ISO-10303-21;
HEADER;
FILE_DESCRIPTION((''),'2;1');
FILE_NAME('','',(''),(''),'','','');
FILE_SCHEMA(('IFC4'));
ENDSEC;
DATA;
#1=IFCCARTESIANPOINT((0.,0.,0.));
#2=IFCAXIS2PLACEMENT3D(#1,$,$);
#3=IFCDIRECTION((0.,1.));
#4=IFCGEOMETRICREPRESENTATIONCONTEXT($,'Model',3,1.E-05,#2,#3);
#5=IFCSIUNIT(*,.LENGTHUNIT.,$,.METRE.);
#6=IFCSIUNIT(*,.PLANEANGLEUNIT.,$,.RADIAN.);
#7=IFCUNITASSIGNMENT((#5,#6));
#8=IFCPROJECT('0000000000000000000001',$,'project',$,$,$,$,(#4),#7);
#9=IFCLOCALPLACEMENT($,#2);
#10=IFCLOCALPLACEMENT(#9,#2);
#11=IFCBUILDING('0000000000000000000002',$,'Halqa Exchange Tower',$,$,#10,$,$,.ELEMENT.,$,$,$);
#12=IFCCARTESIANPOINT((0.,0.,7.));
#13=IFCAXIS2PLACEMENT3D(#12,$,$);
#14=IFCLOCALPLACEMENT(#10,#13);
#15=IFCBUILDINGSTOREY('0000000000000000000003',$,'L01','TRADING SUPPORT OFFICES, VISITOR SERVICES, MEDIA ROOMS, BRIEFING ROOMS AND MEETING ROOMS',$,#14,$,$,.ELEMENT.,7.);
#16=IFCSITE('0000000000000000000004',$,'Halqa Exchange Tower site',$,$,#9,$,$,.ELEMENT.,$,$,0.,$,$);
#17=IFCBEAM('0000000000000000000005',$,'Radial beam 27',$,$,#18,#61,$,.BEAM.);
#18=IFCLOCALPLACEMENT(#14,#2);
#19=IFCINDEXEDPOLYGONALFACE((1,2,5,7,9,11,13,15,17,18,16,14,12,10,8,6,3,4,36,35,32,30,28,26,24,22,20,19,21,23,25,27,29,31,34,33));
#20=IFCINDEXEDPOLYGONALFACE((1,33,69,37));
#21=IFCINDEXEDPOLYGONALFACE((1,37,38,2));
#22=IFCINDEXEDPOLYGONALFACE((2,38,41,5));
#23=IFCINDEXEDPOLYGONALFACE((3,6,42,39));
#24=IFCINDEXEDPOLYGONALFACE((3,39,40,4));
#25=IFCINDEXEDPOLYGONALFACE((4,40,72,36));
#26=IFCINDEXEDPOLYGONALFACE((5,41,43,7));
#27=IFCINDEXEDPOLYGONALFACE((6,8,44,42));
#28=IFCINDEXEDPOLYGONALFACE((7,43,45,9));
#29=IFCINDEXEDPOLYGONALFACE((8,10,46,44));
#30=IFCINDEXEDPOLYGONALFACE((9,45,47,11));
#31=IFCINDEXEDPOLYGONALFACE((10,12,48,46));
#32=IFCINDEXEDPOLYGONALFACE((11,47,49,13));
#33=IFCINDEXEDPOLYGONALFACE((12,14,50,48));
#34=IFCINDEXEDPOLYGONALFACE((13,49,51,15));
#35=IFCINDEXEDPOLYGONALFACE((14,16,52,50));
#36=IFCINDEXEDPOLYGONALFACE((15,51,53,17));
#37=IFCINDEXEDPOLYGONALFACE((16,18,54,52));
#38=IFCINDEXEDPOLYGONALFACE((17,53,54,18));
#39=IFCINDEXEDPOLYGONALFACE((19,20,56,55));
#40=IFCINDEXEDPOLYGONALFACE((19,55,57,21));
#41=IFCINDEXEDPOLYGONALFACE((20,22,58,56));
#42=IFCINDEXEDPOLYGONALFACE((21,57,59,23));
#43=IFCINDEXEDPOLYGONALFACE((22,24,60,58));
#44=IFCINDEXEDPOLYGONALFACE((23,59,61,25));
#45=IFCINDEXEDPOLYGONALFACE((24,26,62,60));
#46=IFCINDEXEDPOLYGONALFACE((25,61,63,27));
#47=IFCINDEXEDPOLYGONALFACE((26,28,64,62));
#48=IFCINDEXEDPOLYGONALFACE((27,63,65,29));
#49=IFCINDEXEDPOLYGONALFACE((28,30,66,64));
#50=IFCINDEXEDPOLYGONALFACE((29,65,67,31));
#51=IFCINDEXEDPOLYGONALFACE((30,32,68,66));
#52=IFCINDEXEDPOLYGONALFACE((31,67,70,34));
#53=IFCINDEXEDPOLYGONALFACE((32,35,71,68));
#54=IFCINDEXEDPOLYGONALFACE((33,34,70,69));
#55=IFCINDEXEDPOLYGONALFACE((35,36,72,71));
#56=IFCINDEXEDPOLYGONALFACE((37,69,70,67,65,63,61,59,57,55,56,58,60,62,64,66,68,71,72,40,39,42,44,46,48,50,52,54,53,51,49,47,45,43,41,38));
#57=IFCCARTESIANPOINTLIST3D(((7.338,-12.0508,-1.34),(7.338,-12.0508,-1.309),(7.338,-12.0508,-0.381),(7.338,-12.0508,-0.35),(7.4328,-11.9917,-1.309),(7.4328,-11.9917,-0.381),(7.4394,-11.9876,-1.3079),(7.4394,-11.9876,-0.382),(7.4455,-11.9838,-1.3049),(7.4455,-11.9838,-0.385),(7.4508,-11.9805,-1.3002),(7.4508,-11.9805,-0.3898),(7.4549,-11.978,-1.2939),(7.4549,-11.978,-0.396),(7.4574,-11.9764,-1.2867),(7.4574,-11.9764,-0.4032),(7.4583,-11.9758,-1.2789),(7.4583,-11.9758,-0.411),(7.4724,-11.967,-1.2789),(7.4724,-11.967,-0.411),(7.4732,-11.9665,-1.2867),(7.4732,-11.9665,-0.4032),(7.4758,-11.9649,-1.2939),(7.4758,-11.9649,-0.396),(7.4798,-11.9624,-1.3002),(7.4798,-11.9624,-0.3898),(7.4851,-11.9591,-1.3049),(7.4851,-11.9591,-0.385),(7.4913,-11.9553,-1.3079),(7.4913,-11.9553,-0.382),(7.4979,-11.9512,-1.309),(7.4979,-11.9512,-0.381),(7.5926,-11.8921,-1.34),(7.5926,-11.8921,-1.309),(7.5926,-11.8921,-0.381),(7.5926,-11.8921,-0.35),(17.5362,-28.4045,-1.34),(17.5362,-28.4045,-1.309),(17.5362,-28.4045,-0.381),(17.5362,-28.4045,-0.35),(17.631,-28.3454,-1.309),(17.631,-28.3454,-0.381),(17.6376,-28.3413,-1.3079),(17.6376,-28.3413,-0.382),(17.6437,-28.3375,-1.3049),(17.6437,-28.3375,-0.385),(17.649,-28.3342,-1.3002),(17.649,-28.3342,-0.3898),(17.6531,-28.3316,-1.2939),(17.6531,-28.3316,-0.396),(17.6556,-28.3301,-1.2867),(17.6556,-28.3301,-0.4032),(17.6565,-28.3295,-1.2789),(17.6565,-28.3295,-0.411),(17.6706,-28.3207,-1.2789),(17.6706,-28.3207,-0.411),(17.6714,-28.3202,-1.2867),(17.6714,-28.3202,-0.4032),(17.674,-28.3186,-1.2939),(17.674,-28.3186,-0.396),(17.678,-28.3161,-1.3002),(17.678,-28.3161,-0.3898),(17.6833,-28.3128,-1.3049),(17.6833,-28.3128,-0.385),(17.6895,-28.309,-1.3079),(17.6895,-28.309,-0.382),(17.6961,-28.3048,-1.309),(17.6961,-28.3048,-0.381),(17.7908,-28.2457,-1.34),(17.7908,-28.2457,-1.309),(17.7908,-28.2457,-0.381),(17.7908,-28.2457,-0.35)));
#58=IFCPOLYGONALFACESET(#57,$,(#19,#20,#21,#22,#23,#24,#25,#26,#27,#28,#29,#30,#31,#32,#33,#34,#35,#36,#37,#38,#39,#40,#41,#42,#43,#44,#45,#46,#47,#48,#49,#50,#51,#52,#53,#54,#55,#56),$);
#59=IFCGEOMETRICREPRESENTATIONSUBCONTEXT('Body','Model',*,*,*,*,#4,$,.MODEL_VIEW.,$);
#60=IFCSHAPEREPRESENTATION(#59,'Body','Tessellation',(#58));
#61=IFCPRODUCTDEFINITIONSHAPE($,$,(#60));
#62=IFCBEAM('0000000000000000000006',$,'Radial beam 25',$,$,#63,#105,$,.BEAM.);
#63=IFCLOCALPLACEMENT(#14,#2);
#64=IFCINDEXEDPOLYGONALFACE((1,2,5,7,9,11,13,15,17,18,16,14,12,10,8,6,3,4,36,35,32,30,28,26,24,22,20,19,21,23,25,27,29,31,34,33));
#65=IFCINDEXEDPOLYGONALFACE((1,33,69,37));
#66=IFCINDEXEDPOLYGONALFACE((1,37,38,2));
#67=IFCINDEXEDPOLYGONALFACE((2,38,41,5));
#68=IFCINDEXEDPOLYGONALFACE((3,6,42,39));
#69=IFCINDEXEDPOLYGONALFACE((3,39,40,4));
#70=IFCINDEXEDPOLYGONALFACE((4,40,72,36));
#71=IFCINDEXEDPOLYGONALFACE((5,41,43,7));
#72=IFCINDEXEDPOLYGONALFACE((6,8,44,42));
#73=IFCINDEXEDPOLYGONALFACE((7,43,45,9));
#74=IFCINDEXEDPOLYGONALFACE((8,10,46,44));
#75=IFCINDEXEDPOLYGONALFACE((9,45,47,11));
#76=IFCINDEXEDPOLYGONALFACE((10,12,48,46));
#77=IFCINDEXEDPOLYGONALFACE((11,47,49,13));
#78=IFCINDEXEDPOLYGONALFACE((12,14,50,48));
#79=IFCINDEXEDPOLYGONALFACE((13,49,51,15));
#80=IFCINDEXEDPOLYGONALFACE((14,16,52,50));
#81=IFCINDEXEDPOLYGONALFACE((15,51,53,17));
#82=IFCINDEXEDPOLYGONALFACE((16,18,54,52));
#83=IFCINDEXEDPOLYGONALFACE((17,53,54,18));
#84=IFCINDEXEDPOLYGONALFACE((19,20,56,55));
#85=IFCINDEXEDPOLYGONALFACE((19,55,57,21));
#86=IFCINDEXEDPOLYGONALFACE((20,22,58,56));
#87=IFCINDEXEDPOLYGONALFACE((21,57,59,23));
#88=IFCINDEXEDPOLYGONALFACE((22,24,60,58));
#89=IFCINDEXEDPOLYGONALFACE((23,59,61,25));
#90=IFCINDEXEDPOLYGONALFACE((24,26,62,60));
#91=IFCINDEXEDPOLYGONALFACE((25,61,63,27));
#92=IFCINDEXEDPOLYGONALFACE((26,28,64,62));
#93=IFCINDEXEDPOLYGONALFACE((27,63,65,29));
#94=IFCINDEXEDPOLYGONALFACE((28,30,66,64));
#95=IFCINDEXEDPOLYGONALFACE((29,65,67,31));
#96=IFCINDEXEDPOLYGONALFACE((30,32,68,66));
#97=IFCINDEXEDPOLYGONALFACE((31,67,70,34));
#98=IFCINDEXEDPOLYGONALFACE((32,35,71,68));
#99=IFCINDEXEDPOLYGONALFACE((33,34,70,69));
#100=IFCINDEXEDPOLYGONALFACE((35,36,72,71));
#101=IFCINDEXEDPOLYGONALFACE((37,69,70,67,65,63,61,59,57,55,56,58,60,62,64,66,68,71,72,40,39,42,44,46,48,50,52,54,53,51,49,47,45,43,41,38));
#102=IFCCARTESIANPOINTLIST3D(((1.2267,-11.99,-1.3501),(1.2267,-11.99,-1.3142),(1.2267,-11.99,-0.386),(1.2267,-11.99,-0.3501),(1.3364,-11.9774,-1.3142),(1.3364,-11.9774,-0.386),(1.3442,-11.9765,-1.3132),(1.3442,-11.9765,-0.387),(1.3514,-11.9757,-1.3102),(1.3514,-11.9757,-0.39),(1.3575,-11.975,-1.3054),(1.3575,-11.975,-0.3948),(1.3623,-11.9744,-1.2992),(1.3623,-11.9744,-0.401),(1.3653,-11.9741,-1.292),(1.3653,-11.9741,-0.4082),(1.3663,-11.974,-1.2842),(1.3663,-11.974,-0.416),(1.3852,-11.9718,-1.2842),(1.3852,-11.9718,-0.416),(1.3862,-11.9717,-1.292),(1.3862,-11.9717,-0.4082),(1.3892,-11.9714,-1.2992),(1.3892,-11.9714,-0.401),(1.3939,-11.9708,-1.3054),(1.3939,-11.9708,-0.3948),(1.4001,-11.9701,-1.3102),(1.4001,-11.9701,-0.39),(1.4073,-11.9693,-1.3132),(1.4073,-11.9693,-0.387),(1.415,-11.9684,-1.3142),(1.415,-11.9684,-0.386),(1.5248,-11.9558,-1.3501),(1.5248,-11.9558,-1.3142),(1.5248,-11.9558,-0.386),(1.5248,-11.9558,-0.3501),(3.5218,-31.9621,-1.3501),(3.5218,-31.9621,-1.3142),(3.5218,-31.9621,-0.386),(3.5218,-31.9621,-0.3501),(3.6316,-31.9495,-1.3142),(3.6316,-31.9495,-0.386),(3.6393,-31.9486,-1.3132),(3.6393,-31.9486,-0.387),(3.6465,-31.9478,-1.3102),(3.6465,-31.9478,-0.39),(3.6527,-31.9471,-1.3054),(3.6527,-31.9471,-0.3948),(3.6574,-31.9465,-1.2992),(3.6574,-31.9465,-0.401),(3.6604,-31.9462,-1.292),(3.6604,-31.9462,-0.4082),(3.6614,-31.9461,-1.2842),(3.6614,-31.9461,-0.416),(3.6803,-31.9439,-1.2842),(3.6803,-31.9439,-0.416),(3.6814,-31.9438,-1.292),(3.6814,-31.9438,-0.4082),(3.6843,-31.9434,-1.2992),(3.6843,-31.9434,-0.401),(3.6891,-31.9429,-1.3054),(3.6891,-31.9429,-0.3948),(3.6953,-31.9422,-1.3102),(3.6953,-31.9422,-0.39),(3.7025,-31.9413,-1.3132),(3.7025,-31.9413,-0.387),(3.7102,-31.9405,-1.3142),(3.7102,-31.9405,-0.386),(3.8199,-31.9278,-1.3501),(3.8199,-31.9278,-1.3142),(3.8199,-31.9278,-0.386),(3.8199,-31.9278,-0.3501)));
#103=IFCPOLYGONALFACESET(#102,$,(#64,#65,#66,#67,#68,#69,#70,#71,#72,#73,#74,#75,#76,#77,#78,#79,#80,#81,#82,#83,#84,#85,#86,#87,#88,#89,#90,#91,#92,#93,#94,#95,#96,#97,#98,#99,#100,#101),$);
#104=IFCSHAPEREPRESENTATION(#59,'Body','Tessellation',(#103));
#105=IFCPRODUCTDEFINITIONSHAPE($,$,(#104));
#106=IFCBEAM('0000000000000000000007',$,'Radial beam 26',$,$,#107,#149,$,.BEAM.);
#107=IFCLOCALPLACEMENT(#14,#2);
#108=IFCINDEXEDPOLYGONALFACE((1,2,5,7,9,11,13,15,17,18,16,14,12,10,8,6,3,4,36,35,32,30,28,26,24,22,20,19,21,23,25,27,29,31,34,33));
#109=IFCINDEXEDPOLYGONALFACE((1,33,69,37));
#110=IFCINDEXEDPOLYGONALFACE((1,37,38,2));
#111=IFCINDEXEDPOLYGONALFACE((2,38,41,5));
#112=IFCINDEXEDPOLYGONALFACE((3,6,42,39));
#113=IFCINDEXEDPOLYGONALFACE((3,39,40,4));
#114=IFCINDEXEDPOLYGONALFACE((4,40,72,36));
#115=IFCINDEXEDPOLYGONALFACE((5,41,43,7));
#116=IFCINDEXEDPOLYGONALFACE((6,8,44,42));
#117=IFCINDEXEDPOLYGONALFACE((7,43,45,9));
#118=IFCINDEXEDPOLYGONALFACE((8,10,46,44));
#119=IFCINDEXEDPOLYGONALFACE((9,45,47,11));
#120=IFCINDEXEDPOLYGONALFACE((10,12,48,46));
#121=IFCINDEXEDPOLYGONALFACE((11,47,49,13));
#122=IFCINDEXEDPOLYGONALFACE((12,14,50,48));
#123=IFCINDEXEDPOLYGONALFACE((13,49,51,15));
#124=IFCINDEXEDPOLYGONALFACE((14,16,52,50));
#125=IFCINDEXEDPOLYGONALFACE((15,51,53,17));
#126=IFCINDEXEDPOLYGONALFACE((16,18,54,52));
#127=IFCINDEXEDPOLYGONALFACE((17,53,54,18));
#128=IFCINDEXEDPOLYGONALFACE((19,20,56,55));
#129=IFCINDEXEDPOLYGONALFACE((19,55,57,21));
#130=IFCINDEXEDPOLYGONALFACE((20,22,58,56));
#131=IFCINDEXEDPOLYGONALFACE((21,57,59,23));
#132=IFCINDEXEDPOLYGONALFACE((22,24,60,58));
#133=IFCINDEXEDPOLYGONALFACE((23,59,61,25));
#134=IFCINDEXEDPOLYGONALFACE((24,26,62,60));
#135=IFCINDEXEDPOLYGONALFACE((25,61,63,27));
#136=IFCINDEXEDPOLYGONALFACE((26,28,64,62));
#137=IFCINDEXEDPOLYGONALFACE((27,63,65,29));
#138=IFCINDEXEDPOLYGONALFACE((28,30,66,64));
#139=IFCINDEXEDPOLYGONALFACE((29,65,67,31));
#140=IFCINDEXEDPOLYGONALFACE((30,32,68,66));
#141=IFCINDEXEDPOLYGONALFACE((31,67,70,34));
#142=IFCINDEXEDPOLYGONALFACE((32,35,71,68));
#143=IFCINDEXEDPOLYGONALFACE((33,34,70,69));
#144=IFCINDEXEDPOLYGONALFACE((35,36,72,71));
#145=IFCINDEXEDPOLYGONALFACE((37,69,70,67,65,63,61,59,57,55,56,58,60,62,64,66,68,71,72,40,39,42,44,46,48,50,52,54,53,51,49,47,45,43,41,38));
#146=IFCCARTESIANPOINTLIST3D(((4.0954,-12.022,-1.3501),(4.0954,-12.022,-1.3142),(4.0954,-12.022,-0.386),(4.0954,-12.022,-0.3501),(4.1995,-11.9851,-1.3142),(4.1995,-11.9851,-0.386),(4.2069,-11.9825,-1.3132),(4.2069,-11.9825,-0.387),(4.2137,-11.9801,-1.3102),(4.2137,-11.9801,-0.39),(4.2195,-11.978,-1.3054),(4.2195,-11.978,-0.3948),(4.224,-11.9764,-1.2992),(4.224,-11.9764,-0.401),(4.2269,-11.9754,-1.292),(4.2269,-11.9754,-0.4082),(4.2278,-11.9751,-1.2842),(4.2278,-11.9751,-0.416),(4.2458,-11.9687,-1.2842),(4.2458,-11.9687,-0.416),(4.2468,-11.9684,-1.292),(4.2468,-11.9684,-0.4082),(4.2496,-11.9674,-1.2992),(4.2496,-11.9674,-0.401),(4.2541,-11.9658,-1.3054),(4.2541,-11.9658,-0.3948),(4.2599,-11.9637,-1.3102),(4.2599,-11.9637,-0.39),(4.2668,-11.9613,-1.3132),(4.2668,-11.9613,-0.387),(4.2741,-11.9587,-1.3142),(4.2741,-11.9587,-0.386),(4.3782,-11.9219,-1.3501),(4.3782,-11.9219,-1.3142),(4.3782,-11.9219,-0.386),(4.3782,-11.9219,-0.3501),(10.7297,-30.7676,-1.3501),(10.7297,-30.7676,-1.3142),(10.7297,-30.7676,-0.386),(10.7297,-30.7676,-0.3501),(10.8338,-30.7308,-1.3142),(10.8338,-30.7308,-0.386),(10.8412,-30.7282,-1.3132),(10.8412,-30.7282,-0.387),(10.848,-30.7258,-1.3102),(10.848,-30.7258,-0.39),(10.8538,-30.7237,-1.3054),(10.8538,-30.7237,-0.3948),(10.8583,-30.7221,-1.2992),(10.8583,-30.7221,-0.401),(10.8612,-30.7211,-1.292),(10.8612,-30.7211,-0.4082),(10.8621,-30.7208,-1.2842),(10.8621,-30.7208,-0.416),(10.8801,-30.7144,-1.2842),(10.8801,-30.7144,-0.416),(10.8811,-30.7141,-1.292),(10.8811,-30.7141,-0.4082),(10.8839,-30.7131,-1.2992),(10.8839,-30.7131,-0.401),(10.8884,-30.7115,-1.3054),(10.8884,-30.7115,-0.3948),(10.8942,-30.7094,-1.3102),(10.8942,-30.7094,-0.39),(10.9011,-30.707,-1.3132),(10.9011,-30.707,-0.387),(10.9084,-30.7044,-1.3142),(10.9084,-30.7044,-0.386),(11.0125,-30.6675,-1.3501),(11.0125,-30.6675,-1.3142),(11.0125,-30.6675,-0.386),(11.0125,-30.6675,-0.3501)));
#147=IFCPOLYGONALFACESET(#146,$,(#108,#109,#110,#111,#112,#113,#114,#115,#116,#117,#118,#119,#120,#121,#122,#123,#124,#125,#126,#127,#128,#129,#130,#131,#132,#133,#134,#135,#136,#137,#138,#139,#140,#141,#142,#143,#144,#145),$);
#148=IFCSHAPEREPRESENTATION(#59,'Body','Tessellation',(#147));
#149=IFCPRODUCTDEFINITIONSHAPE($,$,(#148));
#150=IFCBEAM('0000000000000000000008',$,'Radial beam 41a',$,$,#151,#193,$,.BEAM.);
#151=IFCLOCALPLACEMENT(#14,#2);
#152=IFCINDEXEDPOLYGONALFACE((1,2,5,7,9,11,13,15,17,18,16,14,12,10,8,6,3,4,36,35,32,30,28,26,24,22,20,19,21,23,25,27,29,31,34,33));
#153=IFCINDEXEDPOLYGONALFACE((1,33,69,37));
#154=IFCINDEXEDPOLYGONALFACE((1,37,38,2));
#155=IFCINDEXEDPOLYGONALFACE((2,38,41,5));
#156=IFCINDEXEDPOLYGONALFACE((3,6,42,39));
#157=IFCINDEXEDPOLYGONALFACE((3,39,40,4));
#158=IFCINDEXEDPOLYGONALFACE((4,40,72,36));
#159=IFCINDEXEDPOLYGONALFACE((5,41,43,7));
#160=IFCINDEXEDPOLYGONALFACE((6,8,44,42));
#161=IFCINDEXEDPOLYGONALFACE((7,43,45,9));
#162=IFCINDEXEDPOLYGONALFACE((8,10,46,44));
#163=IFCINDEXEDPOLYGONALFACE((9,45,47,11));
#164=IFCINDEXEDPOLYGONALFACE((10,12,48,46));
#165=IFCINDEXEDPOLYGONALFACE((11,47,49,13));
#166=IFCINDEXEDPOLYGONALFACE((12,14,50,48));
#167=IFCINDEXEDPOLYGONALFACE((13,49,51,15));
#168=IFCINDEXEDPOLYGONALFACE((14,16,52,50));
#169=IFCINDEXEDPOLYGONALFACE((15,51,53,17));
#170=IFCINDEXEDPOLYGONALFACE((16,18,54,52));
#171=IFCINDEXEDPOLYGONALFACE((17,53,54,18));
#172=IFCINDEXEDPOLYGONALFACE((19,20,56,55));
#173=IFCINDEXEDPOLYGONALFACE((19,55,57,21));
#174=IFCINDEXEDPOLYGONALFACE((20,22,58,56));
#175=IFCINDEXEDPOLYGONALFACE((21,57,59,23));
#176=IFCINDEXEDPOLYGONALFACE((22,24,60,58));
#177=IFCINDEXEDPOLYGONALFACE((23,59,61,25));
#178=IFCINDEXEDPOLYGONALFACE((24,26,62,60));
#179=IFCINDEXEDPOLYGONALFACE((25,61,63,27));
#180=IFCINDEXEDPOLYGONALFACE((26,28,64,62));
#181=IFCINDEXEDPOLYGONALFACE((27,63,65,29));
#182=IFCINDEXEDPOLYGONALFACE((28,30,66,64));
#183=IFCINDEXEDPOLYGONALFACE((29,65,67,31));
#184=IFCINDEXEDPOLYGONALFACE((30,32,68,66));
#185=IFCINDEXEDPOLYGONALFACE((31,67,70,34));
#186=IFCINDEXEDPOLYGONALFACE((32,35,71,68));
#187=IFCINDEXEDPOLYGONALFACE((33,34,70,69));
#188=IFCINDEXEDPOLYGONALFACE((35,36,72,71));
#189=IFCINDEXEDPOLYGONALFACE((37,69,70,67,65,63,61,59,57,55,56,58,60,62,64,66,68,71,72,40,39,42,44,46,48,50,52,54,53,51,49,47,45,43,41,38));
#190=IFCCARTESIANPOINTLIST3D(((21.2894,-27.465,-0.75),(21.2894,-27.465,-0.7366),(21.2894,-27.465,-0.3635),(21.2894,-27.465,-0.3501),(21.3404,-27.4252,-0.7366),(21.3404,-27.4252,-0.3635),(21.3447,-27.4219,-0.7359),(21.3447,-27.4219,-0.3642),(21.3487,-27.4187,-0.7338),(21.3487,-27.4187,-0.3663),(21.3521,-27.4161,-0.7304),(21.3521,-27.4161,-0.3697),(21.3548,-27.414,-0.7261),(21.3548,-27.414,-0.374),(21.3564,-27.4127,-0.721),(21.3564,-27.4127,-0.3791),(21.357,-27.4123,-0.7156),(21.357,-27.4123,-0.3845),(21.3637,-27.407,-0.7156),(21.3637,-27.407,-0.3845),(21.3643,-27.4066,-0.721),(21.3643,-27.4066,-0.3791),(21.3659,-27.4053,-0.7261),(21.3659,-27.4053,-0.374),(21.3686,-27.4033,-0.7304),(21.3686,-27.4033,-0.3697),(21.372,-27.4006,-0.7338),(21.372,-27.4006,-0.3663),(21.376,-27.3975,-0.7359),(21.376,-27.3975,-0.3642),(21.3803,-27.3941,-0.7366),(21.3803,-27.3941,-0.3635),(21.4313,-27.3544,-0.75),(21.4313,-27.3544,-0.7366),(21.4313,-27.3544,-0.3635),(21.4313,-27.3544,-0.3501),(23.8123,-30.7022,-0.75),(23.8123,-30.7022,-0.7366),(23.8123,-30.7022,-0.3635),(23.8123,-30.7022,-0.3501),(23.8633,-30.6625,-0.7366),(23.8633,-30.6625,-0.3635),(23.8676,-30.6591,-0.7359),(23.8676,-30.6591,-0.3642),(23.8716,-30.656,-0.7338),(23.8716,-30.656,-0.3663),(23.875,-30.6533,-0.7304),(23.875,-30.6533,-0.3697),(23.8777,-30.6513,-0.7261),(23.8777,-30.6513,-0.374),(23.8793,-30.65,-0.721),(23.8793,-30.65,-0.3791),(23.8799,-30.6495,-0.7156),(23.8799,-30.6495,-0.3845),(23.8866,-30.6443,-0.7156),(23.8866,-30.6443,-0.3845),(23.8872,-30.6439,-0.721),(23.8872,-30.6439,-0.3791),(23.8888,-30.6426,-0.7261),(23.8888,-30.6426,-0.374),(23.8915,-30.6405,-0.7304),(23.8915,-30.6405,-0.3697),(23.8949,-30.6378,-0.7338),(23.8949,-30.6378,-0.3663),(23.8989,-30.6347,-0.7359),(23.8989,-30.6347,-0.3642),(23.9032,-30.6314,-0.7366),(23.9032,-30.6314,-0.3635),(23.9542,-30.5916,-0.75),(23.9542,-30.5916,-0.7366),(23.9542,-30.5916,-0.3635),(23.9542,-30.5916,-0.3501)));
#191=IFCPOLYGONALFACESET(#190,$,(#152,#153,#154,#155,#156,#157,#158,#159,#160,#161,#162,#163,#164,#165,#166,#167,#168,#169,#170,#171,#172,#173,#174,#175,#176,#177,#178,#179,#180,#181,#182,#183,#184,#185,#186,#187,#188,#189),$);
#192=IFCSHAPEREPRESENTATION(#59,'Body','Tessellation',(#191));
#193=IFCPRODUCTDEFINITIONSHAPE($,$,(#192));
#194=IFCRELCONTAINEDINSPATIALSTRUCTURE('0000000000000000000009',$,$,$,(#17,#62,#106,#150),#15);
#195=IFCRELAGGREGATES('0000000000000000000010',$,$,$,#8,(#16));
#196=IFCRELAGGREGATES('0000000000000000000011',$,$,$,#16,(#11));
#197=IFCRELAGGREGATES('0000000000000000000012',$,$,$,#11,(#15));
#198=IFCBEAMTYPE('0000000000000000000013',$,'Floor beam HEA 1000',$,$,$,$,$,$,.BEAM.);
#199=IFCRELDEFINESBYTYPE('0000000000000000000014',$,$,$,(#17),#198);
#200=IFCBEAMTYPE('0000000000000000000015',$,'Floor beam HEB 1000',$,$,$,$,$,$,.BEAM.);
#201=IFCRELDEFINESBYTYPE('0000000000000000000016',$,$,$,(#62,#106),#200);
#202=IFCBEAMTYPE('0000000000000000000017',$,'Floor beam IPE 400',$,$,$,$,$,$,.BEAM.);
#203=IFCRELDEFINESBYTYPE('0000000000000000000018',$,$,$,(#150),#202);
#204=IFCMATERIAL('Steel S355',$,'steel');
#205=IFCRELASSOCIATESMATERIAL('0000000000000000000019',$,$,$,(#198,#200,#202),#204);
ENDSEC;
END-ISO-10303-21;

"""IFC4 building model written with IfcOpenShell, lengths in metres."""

from ifc_helpers import new_model, si_unit, direction, frame, origin, origin_2d, place, context, subcontext, project, spatial, i_section, extrude, material, material_profile, profile_set, type_object, element, save


model = new_model("IFC4")

# Units and contexts
model_context = context("Model", 3, precision=1e-05, world=origin(), true_north=direction((0.0, 1.0)))
body_context = subcontext(model_context, "Body", "Model", "MODEL_VIEW")
ifc_project = project(units=[si_unit("LENGTHUNIT", "METRE"), si_unit("PLANEANGLEUNIT", "RADIAN")], contexts=[model_context])

# Site, building, storey
site_placement = place(None, origin())
site = spatial("IfcSite", under=ifc_project, at=site_placement, Name="Halqa Exchange Tower site", CompositionType="ELEMENT", RefElevation=0.0)
building_placement = place(site_placement, origin())
building = spatial("IfcBuilding", under=site, at=building_placement, Name="Halqa Exchange Tower", CompositionType="ELEMENT")
storey_placement = place(building_placement, frame((0.0, 0.0, 7.0)))
storey = spatial("IfcBuildingStorey", under=building, at=storey_placement, Name="L01", Description="TRADING SUPPORT OFFICES, VISITOR SERVICES, MEDIA ROOMS, BRIEFING ROOMS AND MEETING ROOMS", CompositionType="ELEMENT", Elevation=7.0)

# Beams
ifc_material_1 = material(Name="Steel S355", Category="steel")
ifc_material_profile_1 = material_profile(ifc_material_1, i_section(OverallWidth=0.3, OverallDepth=0.99, WebThickness=0.0166, FlangeThickness=0.031, FilletRadius=0.03, at=origin_2d()), Name="HEA 1000")
ifc_profile_set_1 = profile_set([ifc_material_profile_1], Name="Steel S355")
beam_type_1 = type_object("IfcBeamType", Name="Floor beam HEA 1000", PredefinedType="BEAM", material=ifc_profile_set_1)
beam_1_placement = place(storey_placement, frame((7.4653, -11.9714, -0.845), z_axis=(0.529146, -0.848531, 0.0), x_axis=(0.848531, 0.529146, 0.0)))
element("IfcBeam", 1, at=beam_1_placement, inside=storey, type_object=beam_type_1, Name="Radial beam 27", PredefinedType="BEAM", context=body_context, shape_type="SweptSolid", body=[
    extrude(i_section(OverallWidth=0.3, OverallDepth=0.99, WebThickness=0.0166, FlangeThickness=0.031, FilletRadius=0.03, at=origin_2d()), origin(), (0.0, 0.0, 1.0), 19.2729),
])
ifc_material_profile_2 = material_profile(ifc_material_1, i_section(OverallWidth=0.3, OverallDepth=1.0, WebThickness=0.019, FlangeThickness=0.0359, FilletRadius=0.03, at=origin_2d()), Name="HEB 1000")
ifc_profile_set_2 = profile_set([ifc_material_profile_2], Name="Steel S355")
beam_type_2 = type_object("IfcBeamType", Name="Floor beam HEB 1000", PredefinedType="BEAM", material=ifc_profile_set_2)
beam_2_placement = place(storey_placement, frame((1.3757, -11.9729, -0.8501), z_axis=(0.114167, -0.993462, 0.0), x_axis=(0.993462, 0.114167, 0.0)))
element("IfcBeam", 2, at=beam_2_placement, inside=storey, type_object=beam_type_2, Name="Radial beam 25", PredefinedType="BEAM", context=body_context, shape_type="SweptSolid", body=[
    extrude(i_section(OverallWidth=0.3, OverallDepth=1.0, WebThickness=0.019, FlangeThickness=0.0359, FilletRadius=0.03, at=origin_2d()), origin(), (0.0, 0.0, 1.0), 20.1035),
])
beam_3_placement = place(storey_placement, frame((4.2368, -11.9719, -0.8501), z_axis=(0.333633, -0.942703, 0.0), x_axis=(0.942703, 0.333633, 0.0)))
element("IfcBeam", 3, at=beam_3_placement, inside=storey, type_object=beam_type_2, Name="Radial beam 26", PredefinedType="BEAM", context=body_context, shape_type="SweptSolid", body=[
    extrude(i_section(OverallWidth=0.3, OverallDepth=1.0, WebThickness=0.019, FlangeThickness=0.0359, FilletRadius=0.03, at=origin_2d()), origin(), (0.0, 0.0, 1.0), 19.885),
])
ifc_material_profile_3 = material_profile(ifc_material_1, i_section(OverallWidth=0.1799, OverallDepth=0.3999, WebThickness=0.0085, FlangeThickness=0.0134, FilletRadius=0.021, at=origin_2d()), Name="IPE 400")
ifc_profile_set_3 = profile_set([ifc_material_profile_3], Name="Steel S355")
beam_type_3 = type_object("IfcBeamType", Name="Floor beam IPE 400", PredefinedType="BEAM", material=ifc_profile_set_3)
beam_4_placement = place(storey_placement, frame((21.3604, -27.4097, -0.55), z_axis=(0.614706, -0.788756, 0.0), x_axis=(0.788756, 0.614706, 0.0)))
element("IfcBeam", 4, at=beam_4_placement, inside=storey, type_object=beam_type_3, Name="Radial beam 41a", PredefinedType="BEAM", context=body_context, shape_type="SweptSolid", body=[
    extrude(i_section(OverallWidth=0.1799, OverallDepth=0.3999, WebThickness=0.0085, FlangeThickness=0.0134, FilletRadius=0.021, at=origin_2d()), origin(), (0.0, 0.0, 1.0), 4.1042),
])

save(model, "model.ifc")
